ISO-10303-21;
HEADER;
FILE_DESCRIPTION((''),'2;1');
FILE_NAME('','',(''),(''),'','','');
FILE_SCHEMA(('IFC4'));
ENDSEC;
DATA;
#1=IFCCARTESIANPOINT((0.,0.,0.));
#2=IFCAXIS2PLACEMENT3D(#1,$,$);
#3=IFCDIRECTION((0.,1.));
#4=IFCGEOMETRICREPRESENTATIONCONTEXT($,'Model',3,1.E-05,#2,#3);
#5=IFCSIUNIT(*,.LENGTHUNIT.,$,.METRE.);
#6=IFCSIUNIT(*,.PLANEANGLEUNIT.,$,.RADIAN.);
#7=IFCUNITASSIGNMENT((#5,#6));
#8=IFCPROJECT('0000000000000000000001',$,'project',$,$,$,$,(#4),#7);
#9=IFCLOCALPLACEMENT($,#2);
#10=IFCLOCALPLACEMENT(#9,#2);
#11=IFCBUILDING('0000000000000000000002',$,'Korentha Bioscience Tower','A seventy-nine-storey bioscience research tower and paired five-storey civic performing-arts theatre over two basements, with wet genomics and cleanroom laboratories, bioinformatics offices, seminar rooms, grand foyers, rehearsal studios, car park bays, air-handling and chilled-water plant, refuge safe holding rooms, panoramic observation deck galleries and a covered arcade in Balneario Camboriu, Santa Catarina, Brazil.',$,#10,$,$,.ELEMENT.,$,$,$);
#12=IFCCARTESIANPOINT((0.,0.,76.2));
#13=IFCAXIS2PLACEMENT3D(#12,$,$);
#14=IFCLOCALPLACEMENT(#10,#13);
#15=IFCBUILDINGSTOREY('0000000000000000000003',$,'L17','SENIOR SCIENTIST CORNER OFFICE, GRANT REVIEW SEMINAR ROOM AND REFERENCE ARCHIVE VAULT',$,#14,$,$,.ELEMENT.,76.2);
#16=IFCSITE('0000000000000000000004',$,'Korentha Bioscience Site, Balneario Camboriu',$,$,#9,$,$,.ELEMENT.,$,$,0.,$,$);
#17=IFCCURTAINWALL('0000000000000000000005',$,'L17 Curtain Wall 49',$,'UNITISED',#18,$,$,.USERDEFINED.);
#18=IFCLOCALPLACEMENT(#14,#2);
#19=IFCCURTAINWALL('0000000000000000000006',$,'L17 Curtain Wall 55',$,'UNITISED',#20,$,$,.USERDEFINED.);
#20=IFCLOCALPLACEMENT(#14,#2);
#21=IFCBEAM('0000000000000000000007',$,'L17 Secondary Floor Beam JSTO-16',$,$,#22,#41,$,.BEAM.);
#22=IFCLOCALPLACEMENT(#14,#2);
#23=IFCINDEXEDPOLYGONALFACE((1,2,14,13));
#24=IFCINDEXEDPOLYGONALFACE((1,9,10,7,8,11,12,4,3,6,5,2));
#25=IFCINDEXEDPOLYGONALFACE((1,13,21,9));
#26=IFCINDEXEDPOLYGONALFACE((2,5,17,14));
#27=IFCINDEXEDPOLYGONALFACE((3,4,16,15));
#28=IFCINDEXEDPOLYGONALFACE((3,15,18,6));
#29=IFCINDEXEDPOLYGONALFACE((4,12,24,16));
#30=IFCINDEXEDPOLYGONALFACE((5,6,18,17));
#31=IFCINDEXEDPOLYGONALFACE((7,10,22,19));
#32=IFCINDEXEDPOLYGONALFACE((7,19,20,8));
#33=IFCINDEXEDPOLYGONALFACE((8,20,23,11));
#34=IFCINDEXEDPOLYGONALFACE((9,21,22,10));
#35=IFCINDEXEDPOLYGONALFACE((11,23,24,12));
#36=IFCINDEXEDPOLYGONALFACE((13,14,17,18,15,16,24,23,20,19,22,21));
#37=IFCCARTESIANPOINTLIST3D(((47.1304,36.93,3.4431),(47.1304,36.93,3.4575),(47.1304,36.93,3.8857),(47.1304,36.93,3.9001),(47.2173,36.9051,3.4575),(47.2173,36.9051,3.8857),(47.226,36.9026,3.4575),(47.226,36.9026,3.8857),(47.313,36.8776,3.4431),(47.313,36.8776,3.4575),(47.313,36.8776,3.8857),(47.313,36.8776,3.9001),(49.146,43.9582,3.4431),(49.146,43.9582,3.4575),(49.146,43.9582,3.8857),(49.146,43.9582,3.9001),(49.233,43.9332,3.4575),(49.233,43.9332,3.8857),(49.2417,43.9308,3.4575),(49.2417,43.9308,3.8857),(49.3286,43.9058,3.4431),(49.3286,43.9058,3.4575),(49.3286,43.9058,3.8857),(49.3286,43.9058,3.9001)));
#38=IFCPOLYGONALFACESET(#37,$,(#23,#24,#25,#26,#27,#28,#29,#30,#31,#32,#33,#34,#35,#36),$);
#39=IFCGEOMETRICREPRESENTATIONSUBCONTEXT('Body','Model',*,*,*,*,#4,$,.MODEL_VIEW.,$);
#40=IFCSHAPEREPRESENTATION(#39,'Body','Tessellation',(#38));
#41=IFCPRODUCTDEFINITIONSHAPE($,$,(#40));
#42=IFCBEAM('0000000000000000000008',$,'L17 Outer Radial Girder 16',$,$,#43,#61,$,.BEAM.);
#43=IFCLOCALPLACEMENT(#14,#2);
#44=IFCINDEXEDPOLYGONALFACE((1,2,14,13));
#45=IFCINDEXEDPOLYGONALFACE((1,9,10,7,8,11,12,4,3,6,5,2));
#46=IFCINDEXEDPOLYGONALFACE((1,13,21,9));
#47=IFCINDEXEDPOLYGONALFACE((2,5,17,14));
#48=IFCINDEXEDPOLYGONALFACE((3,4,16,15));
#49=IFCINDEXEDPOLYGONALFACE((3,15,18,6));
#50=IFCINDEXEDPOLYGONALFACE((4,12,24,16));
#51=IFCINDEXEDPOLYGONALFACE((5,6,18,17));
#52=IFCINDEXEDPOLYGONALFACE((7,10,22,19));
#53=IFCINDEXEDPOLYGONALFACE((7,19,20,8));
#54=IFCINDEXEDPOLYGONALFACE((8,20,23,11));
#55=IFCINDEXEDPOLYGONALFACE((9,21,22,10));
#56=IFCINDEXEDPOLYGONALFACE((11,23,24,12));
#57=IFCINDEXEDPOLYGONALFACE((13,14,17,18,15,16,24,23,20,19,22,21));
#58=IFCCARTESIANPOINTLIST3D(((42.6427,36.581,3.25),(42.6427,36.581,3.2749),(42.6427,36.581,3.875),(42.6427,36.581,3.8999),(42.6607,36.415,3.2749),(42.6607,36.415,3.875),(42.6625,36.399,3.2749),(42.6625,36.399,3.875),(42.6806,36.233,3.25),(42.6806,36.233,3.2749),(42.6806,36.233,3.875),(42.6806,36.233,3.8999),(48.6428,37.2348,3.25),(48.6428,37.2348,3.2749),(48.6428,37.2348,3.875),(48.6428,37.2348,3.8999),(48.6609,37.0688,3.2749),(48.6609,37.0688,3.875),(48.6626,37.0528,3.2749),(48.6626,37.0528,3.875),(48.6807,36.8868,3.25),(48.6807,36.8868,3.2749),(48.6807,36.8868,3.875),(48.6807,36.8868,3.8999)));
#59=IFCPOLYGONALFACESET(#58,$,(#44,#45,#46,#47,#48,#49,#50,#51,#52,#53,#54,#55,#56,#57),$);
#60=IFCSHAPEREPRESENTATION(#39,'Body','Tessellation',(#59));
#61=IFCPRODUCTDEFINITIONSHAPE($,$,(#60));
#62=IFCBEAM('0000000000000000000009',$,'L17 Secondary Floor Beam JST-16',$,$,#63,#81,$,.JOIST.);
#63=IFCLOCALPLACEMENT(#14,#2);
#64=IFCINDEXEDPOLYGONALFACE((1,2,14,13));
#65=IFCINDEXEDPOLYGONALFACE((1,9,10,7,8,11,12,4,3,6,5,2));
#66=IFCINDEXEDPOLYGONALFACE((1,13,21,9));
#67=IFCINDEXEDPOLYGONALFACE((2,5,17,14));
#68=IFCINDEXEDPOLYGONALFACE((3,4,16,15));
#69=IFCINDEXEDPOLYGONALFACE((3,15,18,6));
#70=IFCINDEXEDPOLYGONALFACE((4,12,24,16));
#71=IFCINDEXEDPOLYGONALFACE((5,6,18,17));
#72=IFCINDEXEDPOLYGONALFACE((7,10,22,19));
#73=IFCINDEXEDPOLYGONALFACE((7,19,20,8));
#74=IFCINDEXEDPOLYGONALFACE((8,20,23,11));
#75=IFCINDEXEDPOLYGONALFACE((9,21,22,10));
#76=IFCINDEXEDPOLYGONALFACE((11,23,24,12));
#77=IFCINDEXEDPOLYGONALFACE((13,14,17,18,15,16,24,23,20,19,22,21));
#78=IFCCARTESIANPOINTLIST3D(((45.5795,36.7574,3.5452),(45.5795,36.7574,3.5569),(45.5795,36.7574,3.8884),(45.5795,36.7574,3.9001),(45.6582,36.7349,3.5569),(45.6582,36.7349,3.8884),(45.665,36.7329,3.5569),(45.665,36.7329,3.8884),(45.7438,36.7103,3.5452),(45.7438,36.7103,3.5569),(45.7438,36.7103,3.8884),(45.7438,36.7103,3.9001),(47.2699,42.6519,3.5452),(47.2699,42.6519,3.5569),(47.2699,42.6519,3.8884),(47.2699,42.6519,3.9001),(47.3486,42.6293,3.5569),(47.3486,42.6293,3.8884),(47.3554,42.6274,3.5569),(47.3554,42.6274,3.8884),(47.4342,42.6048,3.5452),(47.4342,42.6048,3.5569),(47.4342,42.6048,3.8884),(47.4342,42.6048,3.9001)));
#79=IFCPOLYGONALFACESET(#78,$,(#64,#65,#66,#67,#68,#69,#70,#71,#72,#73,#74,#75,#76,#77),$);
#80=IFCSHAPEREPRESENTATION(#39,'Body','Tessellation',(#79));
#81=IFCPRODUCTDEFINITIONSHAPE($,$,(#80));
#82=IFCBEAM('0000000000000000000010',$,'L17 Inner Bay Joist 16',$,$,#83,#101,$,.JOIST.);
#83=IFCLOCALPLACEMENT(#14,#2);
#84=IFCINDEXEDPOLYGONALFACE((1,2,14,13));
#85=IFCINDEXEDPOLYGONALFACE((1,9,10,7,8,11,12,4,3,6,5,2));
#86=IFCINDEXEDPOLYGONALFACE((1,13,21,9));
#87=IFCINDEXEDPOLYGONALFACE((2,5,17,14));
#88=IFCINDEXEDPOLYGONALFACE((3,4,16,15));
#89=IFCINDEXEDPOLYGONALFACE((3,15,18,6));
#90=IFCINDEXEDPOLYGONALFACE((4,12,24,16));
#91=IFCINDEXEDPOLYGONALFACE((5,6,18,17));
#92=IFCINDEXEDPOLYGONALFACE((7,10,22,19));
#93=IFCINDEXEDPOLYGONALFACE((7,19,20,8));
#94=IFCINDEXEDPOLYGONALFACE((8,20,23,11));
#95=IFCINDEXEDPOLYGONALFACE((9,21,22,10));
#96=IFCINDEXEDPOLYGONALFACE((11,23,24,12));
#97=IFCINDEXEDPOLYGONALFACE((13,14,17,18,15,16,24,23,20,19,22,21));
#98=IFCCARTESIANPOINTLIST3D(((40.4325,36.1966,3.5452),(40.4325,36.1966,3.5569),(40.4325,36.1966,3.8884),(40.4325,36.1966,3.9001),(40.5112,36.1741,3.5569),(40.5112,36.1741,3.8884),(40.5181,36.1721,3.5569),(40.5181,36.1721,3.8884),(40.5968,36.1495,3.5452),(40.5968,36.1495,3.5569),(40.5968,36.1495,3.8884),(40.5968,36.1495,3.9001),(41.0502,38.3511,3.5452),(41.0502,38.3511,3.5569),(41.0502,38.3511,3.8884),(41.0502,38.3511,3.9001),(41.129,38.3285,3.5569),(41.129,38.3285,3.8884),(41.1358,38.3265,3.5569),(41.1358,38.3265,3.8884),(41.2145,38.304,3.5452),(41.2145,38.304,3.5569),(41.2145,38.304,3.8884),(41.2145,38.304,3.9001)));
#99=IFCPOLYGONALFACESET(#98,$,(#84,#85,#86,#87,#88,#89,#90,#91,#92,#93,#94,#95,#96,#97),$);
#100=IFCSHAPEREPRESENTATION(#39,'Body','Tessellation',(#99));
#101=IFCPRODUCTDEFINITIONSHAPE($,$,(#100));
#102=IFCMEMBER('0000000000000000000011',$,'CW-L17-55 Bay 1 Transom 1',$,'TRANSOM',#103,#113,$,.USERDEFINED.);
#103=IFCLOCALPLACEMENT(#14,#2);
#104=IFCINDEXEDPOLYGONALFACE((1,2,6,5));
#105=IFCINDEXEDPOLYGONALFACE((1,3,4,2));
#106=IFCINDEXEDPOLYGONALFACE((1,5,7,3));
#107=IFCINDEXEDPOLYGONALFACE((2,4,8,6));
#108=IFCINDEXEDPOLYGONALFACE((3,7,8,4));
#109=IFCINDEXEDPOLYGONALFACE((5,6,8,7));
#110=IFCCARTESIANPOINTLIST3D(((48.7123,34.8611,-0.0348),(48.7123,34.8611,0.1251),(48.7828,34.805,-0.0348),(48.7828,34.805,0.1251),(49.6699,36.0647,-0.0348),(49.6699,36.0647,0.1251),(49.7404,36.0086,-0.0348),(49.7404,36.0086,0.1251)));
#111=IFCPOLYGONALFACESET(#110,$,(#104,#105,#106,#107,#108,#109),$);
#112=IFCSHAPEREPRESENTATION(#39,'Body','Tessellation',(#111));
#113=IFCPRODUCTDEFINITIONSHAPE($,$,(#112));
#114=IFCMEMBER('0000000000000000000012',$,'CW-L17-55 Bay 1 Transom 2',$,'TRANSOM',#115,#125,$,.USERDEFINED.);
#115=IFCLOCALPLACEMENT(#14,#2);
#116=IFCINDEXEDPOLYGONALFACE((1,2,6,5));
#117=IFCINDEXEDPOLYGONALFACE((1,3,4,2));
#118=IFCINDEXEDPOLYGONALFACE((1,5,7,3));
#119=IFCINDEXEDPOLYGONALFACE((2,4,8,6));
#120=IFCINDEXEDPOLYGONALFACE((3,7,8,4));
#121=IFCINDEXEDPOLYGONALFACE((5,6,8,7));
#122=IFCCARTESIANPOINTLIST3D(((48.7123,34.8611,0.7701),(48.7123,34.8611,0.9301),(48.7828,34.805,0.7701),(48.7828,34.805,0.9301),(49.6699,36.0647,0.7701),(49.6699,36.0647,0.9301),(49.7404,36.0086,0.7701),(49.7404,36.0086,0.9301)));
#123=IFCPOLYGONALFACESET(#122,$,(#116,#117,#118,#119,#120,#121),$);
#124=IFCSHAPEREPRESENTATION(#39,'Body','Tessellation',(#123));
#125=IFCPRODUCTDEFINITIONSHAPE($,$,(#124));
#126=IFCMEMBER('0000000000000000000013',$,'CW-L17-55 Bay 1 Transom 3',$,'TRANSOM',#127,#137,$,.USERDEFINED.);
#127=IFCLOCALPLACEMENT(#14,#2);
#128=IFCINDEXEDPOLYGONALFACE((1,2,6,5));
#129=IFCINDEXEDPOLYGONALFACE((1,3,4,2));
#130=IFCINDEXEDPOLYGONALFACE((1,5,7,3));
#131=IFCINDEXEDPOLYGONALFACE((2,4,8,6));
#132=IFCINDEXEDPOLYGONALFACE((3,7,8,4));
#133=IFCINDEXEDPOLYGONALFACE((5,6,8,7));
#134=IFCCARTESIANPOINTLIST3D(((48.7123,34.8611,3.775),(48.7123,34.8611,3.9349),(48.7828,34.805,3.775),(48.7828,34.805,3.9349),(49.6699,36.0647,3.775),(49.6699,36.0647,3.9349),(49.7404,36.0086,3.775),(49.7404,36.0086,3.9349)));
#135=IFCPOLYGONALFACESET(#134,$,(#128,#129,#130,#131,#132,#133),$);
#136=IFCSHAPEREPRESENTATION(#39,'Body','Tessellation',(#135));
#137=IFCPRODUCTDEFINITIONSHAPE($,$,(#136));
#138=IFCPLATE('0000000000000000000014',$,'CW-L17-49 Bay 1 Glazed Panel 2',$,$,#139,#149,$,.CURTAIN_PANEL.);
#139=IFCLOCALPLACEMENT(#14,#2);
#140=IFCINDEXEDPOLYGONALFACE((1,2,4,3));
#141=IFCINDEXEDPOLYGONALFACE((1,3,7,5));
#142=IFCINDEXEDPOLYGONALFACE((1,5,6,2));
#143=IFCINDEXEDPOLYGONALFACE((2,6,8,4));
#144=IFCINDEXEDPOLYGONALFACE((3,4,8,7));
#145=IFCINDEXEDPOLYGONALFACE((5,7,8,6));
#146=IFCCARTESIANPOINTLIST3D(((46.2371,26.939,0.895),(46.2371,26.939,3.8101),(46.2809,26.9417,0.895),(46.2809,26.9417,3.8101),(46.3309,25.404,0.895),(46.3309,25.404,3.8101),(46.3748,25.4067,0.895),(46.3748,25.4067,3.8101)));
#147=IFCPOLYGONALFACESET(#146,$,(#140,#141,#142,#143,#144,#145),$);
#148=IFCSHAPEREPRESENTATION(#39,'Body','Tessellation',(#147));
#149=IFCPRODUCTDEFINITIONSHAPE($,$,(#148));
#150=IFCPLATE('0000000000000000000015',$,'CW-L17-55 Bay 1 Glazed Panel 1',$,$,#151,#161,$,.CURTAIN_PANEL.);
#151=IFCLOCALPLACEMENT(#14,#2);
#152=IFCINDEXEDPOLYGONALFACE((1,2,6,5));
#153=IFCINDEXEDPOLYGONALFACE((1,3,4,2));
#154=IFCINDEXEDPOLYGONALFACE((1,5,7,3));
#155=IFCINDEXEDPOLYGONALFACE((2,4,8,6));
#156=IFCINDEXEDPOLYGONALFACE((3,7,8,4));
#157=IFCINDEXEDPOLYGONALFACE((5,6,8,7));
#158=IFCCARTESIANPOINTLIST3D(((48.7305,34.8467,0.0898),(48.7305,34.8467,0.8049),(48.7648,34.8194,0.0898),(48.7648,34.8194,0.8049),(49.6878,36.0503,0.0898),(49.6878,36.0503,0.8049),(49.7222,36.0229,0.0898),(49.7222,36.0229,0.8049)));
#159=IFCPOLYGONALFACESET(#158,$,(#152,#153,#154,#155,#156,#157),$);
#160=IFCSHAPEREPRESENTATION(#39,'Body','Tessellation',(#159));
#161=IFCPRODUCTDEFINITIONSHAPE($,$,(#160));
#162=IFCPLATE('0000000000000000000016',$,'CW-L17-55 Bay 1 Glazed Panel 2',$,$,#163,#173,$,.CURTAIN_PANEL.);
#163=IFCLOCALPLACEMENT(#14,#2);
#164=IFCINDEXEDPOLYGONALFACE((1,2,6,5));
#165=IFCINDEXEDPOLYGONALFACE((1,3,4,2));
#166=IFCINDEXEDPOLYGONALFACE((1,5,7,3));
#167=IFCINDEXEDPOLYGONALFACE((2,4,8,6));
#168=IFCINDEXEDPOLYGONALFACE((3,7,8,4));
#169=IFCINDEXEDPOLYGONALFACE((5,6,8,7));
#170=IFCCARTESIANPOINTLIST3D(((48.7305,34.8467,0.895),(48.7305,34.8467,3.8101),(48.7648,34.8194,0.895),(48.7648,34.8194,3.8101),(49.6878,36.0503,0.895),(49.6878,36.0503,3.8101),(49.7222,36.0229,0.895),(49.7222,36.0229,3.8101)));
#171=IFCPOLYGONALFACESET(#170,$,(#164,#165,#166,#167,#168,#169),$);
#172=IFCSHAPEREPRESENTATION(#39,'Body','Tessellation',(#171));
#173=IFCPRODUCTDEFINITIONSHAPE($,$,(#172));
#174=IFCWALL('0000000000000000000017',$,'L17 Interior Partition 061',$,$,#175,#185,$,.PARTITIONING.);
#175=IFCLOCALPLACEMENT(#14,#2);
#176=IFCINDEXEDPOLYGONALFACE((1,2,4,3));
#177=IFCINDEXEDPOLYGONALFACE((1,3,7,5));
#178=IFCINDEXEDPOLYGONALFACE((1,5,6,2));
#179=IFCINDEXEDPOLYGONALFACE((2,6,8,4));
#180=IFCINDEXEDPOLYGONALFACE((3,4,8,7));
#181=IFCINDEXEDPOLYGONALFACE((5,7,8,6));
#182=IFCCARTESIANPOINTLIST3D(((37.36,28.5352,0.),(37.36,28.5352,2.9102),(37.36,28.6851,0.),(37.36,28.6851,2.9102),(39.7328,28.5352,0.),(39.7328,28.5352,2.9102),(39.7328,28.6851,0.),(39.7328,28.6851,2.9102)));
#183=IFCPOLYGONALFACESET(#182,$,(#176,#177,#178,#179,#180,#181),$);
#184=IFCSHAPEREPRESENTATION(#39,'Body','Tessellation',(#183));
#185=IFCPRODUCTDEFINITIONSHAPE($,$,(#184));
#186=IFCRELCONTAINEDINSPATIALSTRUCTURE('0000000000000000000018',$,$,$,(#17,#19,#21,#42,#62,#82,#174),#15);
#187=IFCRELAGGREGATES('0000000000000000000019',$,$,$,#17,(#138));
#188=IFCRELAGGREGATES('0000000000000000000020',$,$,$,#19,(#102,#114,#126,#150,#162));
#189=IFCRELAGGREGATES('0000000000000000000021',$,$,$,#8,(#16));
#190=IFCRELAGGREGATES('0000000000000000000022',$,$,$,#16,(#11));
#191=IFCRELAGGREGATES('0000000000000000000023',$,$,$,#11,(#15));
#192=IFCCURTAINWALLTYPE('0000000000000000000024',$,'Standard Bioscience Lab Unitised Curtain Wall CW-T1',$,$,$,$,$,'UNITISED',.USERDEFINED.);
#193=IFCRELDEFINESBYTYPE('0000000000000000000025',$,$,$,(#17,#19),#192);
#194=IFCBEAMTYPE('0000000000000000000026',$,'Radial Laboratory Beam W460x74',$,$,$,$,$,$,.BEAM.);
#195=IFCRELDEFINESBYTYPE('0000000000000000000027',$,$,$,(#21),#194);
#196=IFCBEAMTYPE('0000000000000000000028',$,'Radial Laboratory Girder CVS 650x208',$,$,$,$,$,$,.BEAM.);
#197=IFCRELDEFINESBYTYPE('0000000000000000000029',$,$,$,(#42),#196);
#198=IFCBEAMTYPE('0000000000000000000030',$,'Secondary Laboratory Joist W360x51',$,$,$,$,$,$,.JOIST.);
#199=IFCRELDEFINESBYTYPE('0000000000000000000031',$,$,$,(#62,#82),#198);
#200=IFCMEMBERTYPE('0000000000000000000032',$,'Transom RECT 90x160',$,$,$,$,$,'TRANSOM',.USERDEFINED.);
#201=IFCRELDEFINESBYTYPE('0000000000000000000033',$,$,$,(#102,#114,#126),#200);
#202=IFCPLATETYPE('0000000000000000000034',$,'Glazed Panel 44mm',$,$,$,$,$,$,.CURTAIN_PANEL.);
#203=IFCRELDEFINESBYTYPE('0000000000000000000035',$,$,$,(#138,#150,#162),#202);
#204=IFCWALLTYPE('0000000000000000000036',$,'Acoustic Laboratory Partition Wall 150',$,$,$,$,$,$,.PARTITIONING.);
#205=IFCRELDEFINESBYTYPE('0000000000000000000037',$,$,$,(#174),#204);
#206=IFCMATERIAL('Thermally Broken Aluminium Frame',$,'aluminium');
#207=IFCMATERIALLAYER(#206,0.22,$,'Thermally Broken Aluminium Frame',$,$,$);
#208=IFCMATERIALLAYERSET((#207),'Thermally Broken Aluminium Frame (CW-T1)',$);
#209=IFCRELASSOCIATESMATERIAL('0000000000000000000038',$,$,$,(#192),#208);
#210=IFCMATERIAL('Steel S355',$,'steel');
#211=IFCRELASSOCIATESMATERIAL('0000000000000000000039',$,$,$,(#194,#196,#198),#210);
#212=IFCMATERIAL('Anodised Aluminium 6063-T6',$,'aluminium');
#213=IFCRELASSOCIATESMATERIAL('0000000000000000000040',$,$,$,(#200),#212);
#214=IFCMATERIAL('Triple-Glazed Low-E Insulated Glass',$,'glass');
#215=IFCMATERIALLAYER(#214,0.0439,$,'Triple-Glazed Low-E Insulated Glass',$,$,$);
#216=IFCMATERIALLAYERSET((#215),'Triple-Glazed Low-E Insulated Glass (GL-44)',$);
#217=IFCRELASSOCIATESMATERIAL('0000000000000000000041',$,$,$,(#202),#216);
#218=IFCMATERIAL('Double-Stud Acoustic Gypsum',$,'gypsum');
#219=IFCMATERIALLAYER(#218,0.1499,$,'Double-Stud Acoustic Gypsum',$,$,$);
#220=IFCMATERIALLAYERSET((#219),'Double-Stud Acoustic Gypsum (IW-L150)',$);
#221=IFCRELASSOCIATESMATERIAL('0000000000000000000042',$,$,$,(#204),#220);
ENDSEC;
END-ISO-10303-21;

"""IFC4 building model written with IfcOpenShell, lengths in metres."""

from ifc_helpers import new_model, si_unit, direction, frame, frame_2d, origin, origin_2d, place, context, subcontext, project, spatial, rectangle, i_section, extrude, material, layer, layer_set, material_profile, profile_set, type_object, element, aggregate, save


model = new_model("IFC4")

# Units and contexts
model_context = context("Model", 3, precision=1e-05, world=origin(), true_north=direction((0.0, 1.0)))
body_context = subcontext(model_context, "Body", "Model", "MODEL_VIEW")
ifc_project = project(units=[si_unit("LENGTHUNIT", "METRE"), si_unit("PLANEANGLEUNIT", "RADIAN")], contexts=[model_context])

# Site, building, storey
site_placement = place(None, origin())
site = spatial("IfcSite", under=ifc_project, at=site_placement, Name="Korentha Bioscience Site, Balneario Camboriu", CompositionType="ELEMENT", RefElevation=0.0)
building_placement = place(site_placement, origin())
building = spatial("IfcBuilding", under=site, at=building_placement, Name="Korentha Bioscience Tower", Description="A seventy-nine-storey bioscience research tower and paired five-storey civic performing-arts theatre over two basements, with wet genomics and cleanroom laboratories, bioinformatics offices, seminar rooms, grand foyers, rehearsal studios, car park bays, air-handling and chilled-water plant, refuge safe holding rooms, panoramic observation deck galleries and a covered arcade in Balneario Camboriu, Santa Catarina, Brazil.", CompositionType="ELEMENT")
storey_placement = place(building_placement, frame((0.0, 0.0, 76.2)))
storey = spatial("IfcBuildingStorey", under=building, at=storey_placement, Name="L17", Description="SENIOR SCIENTIST CORNER OFFICE, GRANT REVIEW SEMINAR ROOM AND REFERENCE ARCHIVE VAULT", CompositionType="ELEMENT", Elevation=76.2)

# Shared definitions
ifc_material_1 = material(Name="Steel S355", Category="steel")

# Curtain wall
ifc_material_2 = material(Name="Thermally Broken Aluminium Frame", Category="aluminium")
ifc_layer_1 = layer(ifc_material_2, 0.22, Name="Thermally Broken Aluminium Frame")
ifc_layer_set_1 = layer_set([ifc_layer_1], Name="Thermally Broken Aluminium Frame (CW-T1)")
curtain_wall_type = type_object("IfcCurtainWallType", Name="Standard Bioscience Lab Unitised Curtain Wall CW-T1", ElementType="UNITISED", PredefinedType="USERDEFINED", material=ifc_layer_set_1)
curtain_wall_1_placement = place(storey_placement, origin())
curtain_wall_1 = element("IfcCurtainWall", 1, at=curtain_wall_1_placement, inside=storey, type_object=curtain_wall_type, Name="L17 Curtain Wall 49", ObjectType="UNITISED", PredefinedType="USERDEFINED")
ifc_material_3 = material(Name="Anodised Aluminium 6063-T6", Category="aluminium")

# Curtain wall
curtain_wall_2_placement = place(storey_placement, origin())
curtain_wall_2 = element("IfcCurtainWall", 2, at=curtain_wall_2_placement, inside=storey, type_object=curtain_wall_type, Name="L17 Curtain Wall 55", ObjectType="UNITISED", PredefinedType="USERDEFINED")

# Beams
ifc_material_profile_1 = material_profile(ifc_material_1, i_section(OverallWidth=0.1899, OverallDepth=0.457, WebThickness=0.009, FlangeThickness=0.0144, at=origin_2d()), Name="Steel S355")
ifc_profile_set_1 = profile_set([ifc_material_profile_1], Name="Steel S355 (RB-460)")
beam_type_1 = type_object("IfcBeamType", Name="Radial Laboratory Beam W460x74", PredefinedType="BEAM", material=ifc_profile_set_1)
beam_1_placement = place(storey_placement, frame((47.2217, 36.9038, 3.6716), z_axis=(0.275682, 0.961249, 0.0), x_axis=(-0.961249, 0.275682, 0.0)))
element("IfcBeam", 3, at=beam_1_placement, inside=storey, type_object=beam_type_1, Name="L17 Secondary Floor Beam JSTO-16", PredefinedType="BEAM", context=body_context, shape_type="SweptSolid", body=[
    extrude(i_section(OverallWidth=0.1899, OverallDepth=0.457, WebThickness=0.009, FlangeThickness=0.0144, at=origin_2d()), origin(), (0.0, 0.0, 1.0), 7.3115),
])
ifc_material_profile_2 = material_profile(ifc_material_1, i_section(OverallWidth=0.3501, OverallDepth=0.6499, WebThickness=0.0161, FlangeThickness=0.0249, at=origin_2d()), Name="Steel S355")
ifc_profile_set_2 = profile_set([ifc_material_profile_2], Name="Steel S355 (RB-650)")
beam_type_2 = type_object("IfcBeamType", Name="Radial Laboratory Girder CVS 650x208", PredefinedType="BEAM", material=ifc_profile_set_2)
beam_2_placement = place(storey_placement, frame((42.6616, 36.407, 3.575), z_axis=(0.994116, 0.108323, 0.0), x_axis=(-0.108323, 0.994116, 0.0)))
element("IfcBeam", 4, at=beam_2_placement, inside=storey, type_object=beam_type_2, Name="L17 Outer Radial Girder 16", PredefinedType="BEAM", context=body_context, shape_type="SweptSolid", body=[
    extrude(i_section(OverallWidth=0.3501, OverallDepth=0.6499, WebThickness=0.0161, FlangeThickness=0.0249, at=origin_2d()), origin(), (0.0, 0.0, 1.0), 6.0356),
])
ifc_material_profile_3 = material_profile(ifc_material_1, i_section(OverallWidth=0.1709, OverallDepth=0.355, WebThickness=0.0071, FlangeThickness=0.0117, at=origin_2d()), Name="Steel S355")
ifc_profile_set_3 = profile_set([ifc_material_profile_3], Name="Steel S355 (JB-360)")
beam_type_3 = type_object("IfcBeamType", Name="Secondary Laboratory Joist W360x51", PredefinedType="JOIST", material=ifc_profile_set_3)
beam_3_placement = place(storey_placement, frame((45.6616, 36.7339, 3.7227), z_axis=(0.275668, 0.961253, 0.0), x_axis=(-0.961253, 0.275668, 0.0)))
element("IfcBeam", 5, at=beam_3_placement, inside=storey, type_object=beam_type_3, Name="L17 Secondary Floor Beam JST-16", PredefinedType="JOIST", context=body_context, shape_type="SweptSolid", body=[
    extrude(i_section(OverallWidth=0.1709, OverallDepth=0.355, WebThickness=0.0071, FlangeThickness=0.0117, at=origin_2d()), origin(), (0.0, 0.0, 1.0), 6.1321),
])
beam_4_placement = place(storey_placement, frame((40.5146, 36.1731, 3.7227), z_axis=(0.275613, 0.961269, 0.0), x_axis=(-0.961269, 0.275613, 0.0)))
element("IfcBeam", 6, at=beam_4_placement, inside=storey, type_object=beam_type_3, Name="L17 Inner Bay Joist 16", PredefinedType="JOIST", context=body_context, shape_type="SweptSolid", body=[
    extrude(i_section(OverallWidth=0.1709, OverallDepth=0.355, WebThickness=0.0071, FlangeThickness=0.0117, at=origin_2d()), origin(), (0.0, 0.0, 1.0), 2.2412),
])

# Members
ifc_material_profile_4 = material_profile(ifc_material_3, rectangle(XDim=0.0901, YDim=0.1599, at=origin_2d()), Name="Anodised Aluminium 6063-T6")
ifc_profile_set_4 = profile_set([ifc_material_profile_4], Name="Anodised Aluminium 6063-T6 (CW-TRN)")
member_type_1 = type_object("IfcMemberType", Name="Transom RECT 90x160", ElementType="TRANSOM", PredefinedType="USERDEFINED", material=ifc_profile_set_4)
member_1_placement = place(storey_placement, frame((48.7476, 34.833, 0.0452), z_axis=(0.622563, 0.782569, 0.0), x_axis=(-0.782569, 0.622563, 0.0)))
member_1 = element("IfcMember", 7, at=member_1_placement, type_object=member_type_1, Name="CW-L17-55 Bay 1 Transom 1", ObjectType="TRANSOM", PredefinedType="USERDEFINED", context=body_context, shape_type="SweptSolid", body=[
    extrude(rectangle(XDim=0.0901, YDim=0.1599, at=origin_2d()), origin(), (0.0, 0.0, 1.0), 1.5381),
])
member_2_placement = place(storey_placement, frame((48.7476, 34.833, 0.8501), z_axis=(0.622563, 0.782569, 0.0), x_axis=(-0.782569, 0.622563, 0.0)))
member_2 = element("IfcMember", 8, at=member_2_placement, type_object=member_type_1, Name="CW-L17-55 Bay 1 Transom 2", ObjectType="TRANSOM", PredefinedType="USERDEFINED", context=body_context, shape_type="SweptSolid", body=[
    extrude(rectangle(XDim=0.0901, YDim=0.1599, at=origin_2d()), origin(), (0.0, 0.0, 1.0), 1.5381),
])
member_3_placement = place(storey_placement, frame((48.7476, 34.833, 3.855), z_axis=(0.622563, 0.782569, 0.0), x_axis=(-0.782569, 0.622563, 0.0)))
member_3 = element("IfcMember", 9, at=member_3_placement, type_object=member_type_1, Name="CW-L17-55 Bay 1 Transom 3", ObjectType="TRANSOM", PredefinedType="USERDEFINED", context=body_context, shape_type="SweptSolid", body=[
    extrude(rectangle(XDim=0.0901, YDim=0.1599, at=origin_2d()), origin(), (0.0, 0.0, 1.0), 1.5381),
])

# Plates
ifc_material_4 = material(Name="Triple-Glazed Low-E Insulated Glass", Category="glass")
ifc_layer_2 = layer(ifc_material_4, 0.0439, Name="Triple-Glazed Low-E Insulated Glass")
ifc_layer_set_2 = layer_set([ifc_layer_2], Name="Triple-Glazed Low-E Insulated Glass (GL-44)")
plate_type = type_object("IfcPlateType", Name="Glazed Panel 44mm", PredefinedType="CURTAIN_PANEL", material=ifc_layer_set_2)
plate_1_placement = place(storey_placement, frame((46.3059, 26.1729, 0.895), z_axis=(0.0, 0.0, 1.0), x_axis=(-0.061008, 0.998137, 0.0)))
plate_1 = element("IfcPlate", 10, at=plate_1_placement, type_object=plate_type, Name="CW-L17-49 Bay 1 Glazed Panel 2", PredefinedType="CURTAIN_PANEL", context=body_context, shape_type="SweptSolid", body=[
    extrude(rectangle(XDim=1.5378, YDim=0.0439, at=origin_2d()), origin(), (0.0, 0.0, 1.0), 2.915),
])
aggregate(curtain_wall_1, [plate_1])
plate_2_placement = place(storey_placement, frame((49.2263, 35.4348, 0.0898), z_axis=(0.0, 0.0, 1.0), x_axis=(0.62252, 0.782604, 0.0)))
plate_2 = element("IfcPlate", 11, at=plate_2_placement, type_object=plate_type, Name="CW-L17-55 Bay 1 Glazed Panel 1", PredefinedType="CURTAIN_PANEL", context=body_context, shape_type="SweptSolid", body=[
    extrude(rectangle(XDim=1.5378, YDim=0.0439, at=origin_2d()), origin(), (0.0, 0.0, 1.0), 0.7151),
])
plate_3_placement = place(storey_placement, frame((49.2263, 35.4348, 0.895), z_axis=(0.0, 0.0, 1.0), x_axis=(0.62252, 0.782604, 0.0)))
plate_3 = element("IfcPlate", 12, at=plate_3_placement, type_object=plate_type, Name="CW-L17-55 Bay 1 Glazed Panel 2", PredefinedType="CURTAIN_PANEL", context=body_context, shape_type="SweptSolid", body=[
    extrude(rectangle(XDim=1.5378, YDim=0.0439, at=origin_2d()), origin(), (0.0, 0.0, 1.0), 2.915),
])
aggregate(curtain_wall_2, [member_1, member_2, member_3, plate_2, plate_3])

# Wall
ifc_material_5 = material(Name="Double-Stud Acoustic Gypsum", Category="gypsum")
ifc_layer_3 = layer(ifc_material_5, 0.1499, Name="Double-Stud Acoustic Gypsum")
ifc_layer_set_3 = layer_set([ifc_layer_3], Name="Double-Stud Acoustic Gypsum (IW-L150)")
wall_type_1 = type_object("IfcWallType", Name="Acoustic Laboratory Partition Wall 150", PredefinedType="PARTITIONING", material=ifc_layer_set_3)
wall_1_placement = place(storey_placement, frame((39.7329, 28.6101, 0.0), z_axis=(0.0, 0.0, 1.0), x_axis=(-1.0, 0.0, 0.0)))
element("IfcWall", 13, at=wall_1_placement, inside=storey, type_object=wall_type_1, Name="L17 Interior Partition 061", PredefinedType="PARTITIONING", context=body_context, shape_type="SweptSolid", body=[
    extrude(rectangle(XDim=2.3728, YDim=0.1499, at=frame_2d((1.1865, 0.0))), origin(), (0.0, 0.0, 1.0), 2.9102),
])

save(model, "model.ifc")
